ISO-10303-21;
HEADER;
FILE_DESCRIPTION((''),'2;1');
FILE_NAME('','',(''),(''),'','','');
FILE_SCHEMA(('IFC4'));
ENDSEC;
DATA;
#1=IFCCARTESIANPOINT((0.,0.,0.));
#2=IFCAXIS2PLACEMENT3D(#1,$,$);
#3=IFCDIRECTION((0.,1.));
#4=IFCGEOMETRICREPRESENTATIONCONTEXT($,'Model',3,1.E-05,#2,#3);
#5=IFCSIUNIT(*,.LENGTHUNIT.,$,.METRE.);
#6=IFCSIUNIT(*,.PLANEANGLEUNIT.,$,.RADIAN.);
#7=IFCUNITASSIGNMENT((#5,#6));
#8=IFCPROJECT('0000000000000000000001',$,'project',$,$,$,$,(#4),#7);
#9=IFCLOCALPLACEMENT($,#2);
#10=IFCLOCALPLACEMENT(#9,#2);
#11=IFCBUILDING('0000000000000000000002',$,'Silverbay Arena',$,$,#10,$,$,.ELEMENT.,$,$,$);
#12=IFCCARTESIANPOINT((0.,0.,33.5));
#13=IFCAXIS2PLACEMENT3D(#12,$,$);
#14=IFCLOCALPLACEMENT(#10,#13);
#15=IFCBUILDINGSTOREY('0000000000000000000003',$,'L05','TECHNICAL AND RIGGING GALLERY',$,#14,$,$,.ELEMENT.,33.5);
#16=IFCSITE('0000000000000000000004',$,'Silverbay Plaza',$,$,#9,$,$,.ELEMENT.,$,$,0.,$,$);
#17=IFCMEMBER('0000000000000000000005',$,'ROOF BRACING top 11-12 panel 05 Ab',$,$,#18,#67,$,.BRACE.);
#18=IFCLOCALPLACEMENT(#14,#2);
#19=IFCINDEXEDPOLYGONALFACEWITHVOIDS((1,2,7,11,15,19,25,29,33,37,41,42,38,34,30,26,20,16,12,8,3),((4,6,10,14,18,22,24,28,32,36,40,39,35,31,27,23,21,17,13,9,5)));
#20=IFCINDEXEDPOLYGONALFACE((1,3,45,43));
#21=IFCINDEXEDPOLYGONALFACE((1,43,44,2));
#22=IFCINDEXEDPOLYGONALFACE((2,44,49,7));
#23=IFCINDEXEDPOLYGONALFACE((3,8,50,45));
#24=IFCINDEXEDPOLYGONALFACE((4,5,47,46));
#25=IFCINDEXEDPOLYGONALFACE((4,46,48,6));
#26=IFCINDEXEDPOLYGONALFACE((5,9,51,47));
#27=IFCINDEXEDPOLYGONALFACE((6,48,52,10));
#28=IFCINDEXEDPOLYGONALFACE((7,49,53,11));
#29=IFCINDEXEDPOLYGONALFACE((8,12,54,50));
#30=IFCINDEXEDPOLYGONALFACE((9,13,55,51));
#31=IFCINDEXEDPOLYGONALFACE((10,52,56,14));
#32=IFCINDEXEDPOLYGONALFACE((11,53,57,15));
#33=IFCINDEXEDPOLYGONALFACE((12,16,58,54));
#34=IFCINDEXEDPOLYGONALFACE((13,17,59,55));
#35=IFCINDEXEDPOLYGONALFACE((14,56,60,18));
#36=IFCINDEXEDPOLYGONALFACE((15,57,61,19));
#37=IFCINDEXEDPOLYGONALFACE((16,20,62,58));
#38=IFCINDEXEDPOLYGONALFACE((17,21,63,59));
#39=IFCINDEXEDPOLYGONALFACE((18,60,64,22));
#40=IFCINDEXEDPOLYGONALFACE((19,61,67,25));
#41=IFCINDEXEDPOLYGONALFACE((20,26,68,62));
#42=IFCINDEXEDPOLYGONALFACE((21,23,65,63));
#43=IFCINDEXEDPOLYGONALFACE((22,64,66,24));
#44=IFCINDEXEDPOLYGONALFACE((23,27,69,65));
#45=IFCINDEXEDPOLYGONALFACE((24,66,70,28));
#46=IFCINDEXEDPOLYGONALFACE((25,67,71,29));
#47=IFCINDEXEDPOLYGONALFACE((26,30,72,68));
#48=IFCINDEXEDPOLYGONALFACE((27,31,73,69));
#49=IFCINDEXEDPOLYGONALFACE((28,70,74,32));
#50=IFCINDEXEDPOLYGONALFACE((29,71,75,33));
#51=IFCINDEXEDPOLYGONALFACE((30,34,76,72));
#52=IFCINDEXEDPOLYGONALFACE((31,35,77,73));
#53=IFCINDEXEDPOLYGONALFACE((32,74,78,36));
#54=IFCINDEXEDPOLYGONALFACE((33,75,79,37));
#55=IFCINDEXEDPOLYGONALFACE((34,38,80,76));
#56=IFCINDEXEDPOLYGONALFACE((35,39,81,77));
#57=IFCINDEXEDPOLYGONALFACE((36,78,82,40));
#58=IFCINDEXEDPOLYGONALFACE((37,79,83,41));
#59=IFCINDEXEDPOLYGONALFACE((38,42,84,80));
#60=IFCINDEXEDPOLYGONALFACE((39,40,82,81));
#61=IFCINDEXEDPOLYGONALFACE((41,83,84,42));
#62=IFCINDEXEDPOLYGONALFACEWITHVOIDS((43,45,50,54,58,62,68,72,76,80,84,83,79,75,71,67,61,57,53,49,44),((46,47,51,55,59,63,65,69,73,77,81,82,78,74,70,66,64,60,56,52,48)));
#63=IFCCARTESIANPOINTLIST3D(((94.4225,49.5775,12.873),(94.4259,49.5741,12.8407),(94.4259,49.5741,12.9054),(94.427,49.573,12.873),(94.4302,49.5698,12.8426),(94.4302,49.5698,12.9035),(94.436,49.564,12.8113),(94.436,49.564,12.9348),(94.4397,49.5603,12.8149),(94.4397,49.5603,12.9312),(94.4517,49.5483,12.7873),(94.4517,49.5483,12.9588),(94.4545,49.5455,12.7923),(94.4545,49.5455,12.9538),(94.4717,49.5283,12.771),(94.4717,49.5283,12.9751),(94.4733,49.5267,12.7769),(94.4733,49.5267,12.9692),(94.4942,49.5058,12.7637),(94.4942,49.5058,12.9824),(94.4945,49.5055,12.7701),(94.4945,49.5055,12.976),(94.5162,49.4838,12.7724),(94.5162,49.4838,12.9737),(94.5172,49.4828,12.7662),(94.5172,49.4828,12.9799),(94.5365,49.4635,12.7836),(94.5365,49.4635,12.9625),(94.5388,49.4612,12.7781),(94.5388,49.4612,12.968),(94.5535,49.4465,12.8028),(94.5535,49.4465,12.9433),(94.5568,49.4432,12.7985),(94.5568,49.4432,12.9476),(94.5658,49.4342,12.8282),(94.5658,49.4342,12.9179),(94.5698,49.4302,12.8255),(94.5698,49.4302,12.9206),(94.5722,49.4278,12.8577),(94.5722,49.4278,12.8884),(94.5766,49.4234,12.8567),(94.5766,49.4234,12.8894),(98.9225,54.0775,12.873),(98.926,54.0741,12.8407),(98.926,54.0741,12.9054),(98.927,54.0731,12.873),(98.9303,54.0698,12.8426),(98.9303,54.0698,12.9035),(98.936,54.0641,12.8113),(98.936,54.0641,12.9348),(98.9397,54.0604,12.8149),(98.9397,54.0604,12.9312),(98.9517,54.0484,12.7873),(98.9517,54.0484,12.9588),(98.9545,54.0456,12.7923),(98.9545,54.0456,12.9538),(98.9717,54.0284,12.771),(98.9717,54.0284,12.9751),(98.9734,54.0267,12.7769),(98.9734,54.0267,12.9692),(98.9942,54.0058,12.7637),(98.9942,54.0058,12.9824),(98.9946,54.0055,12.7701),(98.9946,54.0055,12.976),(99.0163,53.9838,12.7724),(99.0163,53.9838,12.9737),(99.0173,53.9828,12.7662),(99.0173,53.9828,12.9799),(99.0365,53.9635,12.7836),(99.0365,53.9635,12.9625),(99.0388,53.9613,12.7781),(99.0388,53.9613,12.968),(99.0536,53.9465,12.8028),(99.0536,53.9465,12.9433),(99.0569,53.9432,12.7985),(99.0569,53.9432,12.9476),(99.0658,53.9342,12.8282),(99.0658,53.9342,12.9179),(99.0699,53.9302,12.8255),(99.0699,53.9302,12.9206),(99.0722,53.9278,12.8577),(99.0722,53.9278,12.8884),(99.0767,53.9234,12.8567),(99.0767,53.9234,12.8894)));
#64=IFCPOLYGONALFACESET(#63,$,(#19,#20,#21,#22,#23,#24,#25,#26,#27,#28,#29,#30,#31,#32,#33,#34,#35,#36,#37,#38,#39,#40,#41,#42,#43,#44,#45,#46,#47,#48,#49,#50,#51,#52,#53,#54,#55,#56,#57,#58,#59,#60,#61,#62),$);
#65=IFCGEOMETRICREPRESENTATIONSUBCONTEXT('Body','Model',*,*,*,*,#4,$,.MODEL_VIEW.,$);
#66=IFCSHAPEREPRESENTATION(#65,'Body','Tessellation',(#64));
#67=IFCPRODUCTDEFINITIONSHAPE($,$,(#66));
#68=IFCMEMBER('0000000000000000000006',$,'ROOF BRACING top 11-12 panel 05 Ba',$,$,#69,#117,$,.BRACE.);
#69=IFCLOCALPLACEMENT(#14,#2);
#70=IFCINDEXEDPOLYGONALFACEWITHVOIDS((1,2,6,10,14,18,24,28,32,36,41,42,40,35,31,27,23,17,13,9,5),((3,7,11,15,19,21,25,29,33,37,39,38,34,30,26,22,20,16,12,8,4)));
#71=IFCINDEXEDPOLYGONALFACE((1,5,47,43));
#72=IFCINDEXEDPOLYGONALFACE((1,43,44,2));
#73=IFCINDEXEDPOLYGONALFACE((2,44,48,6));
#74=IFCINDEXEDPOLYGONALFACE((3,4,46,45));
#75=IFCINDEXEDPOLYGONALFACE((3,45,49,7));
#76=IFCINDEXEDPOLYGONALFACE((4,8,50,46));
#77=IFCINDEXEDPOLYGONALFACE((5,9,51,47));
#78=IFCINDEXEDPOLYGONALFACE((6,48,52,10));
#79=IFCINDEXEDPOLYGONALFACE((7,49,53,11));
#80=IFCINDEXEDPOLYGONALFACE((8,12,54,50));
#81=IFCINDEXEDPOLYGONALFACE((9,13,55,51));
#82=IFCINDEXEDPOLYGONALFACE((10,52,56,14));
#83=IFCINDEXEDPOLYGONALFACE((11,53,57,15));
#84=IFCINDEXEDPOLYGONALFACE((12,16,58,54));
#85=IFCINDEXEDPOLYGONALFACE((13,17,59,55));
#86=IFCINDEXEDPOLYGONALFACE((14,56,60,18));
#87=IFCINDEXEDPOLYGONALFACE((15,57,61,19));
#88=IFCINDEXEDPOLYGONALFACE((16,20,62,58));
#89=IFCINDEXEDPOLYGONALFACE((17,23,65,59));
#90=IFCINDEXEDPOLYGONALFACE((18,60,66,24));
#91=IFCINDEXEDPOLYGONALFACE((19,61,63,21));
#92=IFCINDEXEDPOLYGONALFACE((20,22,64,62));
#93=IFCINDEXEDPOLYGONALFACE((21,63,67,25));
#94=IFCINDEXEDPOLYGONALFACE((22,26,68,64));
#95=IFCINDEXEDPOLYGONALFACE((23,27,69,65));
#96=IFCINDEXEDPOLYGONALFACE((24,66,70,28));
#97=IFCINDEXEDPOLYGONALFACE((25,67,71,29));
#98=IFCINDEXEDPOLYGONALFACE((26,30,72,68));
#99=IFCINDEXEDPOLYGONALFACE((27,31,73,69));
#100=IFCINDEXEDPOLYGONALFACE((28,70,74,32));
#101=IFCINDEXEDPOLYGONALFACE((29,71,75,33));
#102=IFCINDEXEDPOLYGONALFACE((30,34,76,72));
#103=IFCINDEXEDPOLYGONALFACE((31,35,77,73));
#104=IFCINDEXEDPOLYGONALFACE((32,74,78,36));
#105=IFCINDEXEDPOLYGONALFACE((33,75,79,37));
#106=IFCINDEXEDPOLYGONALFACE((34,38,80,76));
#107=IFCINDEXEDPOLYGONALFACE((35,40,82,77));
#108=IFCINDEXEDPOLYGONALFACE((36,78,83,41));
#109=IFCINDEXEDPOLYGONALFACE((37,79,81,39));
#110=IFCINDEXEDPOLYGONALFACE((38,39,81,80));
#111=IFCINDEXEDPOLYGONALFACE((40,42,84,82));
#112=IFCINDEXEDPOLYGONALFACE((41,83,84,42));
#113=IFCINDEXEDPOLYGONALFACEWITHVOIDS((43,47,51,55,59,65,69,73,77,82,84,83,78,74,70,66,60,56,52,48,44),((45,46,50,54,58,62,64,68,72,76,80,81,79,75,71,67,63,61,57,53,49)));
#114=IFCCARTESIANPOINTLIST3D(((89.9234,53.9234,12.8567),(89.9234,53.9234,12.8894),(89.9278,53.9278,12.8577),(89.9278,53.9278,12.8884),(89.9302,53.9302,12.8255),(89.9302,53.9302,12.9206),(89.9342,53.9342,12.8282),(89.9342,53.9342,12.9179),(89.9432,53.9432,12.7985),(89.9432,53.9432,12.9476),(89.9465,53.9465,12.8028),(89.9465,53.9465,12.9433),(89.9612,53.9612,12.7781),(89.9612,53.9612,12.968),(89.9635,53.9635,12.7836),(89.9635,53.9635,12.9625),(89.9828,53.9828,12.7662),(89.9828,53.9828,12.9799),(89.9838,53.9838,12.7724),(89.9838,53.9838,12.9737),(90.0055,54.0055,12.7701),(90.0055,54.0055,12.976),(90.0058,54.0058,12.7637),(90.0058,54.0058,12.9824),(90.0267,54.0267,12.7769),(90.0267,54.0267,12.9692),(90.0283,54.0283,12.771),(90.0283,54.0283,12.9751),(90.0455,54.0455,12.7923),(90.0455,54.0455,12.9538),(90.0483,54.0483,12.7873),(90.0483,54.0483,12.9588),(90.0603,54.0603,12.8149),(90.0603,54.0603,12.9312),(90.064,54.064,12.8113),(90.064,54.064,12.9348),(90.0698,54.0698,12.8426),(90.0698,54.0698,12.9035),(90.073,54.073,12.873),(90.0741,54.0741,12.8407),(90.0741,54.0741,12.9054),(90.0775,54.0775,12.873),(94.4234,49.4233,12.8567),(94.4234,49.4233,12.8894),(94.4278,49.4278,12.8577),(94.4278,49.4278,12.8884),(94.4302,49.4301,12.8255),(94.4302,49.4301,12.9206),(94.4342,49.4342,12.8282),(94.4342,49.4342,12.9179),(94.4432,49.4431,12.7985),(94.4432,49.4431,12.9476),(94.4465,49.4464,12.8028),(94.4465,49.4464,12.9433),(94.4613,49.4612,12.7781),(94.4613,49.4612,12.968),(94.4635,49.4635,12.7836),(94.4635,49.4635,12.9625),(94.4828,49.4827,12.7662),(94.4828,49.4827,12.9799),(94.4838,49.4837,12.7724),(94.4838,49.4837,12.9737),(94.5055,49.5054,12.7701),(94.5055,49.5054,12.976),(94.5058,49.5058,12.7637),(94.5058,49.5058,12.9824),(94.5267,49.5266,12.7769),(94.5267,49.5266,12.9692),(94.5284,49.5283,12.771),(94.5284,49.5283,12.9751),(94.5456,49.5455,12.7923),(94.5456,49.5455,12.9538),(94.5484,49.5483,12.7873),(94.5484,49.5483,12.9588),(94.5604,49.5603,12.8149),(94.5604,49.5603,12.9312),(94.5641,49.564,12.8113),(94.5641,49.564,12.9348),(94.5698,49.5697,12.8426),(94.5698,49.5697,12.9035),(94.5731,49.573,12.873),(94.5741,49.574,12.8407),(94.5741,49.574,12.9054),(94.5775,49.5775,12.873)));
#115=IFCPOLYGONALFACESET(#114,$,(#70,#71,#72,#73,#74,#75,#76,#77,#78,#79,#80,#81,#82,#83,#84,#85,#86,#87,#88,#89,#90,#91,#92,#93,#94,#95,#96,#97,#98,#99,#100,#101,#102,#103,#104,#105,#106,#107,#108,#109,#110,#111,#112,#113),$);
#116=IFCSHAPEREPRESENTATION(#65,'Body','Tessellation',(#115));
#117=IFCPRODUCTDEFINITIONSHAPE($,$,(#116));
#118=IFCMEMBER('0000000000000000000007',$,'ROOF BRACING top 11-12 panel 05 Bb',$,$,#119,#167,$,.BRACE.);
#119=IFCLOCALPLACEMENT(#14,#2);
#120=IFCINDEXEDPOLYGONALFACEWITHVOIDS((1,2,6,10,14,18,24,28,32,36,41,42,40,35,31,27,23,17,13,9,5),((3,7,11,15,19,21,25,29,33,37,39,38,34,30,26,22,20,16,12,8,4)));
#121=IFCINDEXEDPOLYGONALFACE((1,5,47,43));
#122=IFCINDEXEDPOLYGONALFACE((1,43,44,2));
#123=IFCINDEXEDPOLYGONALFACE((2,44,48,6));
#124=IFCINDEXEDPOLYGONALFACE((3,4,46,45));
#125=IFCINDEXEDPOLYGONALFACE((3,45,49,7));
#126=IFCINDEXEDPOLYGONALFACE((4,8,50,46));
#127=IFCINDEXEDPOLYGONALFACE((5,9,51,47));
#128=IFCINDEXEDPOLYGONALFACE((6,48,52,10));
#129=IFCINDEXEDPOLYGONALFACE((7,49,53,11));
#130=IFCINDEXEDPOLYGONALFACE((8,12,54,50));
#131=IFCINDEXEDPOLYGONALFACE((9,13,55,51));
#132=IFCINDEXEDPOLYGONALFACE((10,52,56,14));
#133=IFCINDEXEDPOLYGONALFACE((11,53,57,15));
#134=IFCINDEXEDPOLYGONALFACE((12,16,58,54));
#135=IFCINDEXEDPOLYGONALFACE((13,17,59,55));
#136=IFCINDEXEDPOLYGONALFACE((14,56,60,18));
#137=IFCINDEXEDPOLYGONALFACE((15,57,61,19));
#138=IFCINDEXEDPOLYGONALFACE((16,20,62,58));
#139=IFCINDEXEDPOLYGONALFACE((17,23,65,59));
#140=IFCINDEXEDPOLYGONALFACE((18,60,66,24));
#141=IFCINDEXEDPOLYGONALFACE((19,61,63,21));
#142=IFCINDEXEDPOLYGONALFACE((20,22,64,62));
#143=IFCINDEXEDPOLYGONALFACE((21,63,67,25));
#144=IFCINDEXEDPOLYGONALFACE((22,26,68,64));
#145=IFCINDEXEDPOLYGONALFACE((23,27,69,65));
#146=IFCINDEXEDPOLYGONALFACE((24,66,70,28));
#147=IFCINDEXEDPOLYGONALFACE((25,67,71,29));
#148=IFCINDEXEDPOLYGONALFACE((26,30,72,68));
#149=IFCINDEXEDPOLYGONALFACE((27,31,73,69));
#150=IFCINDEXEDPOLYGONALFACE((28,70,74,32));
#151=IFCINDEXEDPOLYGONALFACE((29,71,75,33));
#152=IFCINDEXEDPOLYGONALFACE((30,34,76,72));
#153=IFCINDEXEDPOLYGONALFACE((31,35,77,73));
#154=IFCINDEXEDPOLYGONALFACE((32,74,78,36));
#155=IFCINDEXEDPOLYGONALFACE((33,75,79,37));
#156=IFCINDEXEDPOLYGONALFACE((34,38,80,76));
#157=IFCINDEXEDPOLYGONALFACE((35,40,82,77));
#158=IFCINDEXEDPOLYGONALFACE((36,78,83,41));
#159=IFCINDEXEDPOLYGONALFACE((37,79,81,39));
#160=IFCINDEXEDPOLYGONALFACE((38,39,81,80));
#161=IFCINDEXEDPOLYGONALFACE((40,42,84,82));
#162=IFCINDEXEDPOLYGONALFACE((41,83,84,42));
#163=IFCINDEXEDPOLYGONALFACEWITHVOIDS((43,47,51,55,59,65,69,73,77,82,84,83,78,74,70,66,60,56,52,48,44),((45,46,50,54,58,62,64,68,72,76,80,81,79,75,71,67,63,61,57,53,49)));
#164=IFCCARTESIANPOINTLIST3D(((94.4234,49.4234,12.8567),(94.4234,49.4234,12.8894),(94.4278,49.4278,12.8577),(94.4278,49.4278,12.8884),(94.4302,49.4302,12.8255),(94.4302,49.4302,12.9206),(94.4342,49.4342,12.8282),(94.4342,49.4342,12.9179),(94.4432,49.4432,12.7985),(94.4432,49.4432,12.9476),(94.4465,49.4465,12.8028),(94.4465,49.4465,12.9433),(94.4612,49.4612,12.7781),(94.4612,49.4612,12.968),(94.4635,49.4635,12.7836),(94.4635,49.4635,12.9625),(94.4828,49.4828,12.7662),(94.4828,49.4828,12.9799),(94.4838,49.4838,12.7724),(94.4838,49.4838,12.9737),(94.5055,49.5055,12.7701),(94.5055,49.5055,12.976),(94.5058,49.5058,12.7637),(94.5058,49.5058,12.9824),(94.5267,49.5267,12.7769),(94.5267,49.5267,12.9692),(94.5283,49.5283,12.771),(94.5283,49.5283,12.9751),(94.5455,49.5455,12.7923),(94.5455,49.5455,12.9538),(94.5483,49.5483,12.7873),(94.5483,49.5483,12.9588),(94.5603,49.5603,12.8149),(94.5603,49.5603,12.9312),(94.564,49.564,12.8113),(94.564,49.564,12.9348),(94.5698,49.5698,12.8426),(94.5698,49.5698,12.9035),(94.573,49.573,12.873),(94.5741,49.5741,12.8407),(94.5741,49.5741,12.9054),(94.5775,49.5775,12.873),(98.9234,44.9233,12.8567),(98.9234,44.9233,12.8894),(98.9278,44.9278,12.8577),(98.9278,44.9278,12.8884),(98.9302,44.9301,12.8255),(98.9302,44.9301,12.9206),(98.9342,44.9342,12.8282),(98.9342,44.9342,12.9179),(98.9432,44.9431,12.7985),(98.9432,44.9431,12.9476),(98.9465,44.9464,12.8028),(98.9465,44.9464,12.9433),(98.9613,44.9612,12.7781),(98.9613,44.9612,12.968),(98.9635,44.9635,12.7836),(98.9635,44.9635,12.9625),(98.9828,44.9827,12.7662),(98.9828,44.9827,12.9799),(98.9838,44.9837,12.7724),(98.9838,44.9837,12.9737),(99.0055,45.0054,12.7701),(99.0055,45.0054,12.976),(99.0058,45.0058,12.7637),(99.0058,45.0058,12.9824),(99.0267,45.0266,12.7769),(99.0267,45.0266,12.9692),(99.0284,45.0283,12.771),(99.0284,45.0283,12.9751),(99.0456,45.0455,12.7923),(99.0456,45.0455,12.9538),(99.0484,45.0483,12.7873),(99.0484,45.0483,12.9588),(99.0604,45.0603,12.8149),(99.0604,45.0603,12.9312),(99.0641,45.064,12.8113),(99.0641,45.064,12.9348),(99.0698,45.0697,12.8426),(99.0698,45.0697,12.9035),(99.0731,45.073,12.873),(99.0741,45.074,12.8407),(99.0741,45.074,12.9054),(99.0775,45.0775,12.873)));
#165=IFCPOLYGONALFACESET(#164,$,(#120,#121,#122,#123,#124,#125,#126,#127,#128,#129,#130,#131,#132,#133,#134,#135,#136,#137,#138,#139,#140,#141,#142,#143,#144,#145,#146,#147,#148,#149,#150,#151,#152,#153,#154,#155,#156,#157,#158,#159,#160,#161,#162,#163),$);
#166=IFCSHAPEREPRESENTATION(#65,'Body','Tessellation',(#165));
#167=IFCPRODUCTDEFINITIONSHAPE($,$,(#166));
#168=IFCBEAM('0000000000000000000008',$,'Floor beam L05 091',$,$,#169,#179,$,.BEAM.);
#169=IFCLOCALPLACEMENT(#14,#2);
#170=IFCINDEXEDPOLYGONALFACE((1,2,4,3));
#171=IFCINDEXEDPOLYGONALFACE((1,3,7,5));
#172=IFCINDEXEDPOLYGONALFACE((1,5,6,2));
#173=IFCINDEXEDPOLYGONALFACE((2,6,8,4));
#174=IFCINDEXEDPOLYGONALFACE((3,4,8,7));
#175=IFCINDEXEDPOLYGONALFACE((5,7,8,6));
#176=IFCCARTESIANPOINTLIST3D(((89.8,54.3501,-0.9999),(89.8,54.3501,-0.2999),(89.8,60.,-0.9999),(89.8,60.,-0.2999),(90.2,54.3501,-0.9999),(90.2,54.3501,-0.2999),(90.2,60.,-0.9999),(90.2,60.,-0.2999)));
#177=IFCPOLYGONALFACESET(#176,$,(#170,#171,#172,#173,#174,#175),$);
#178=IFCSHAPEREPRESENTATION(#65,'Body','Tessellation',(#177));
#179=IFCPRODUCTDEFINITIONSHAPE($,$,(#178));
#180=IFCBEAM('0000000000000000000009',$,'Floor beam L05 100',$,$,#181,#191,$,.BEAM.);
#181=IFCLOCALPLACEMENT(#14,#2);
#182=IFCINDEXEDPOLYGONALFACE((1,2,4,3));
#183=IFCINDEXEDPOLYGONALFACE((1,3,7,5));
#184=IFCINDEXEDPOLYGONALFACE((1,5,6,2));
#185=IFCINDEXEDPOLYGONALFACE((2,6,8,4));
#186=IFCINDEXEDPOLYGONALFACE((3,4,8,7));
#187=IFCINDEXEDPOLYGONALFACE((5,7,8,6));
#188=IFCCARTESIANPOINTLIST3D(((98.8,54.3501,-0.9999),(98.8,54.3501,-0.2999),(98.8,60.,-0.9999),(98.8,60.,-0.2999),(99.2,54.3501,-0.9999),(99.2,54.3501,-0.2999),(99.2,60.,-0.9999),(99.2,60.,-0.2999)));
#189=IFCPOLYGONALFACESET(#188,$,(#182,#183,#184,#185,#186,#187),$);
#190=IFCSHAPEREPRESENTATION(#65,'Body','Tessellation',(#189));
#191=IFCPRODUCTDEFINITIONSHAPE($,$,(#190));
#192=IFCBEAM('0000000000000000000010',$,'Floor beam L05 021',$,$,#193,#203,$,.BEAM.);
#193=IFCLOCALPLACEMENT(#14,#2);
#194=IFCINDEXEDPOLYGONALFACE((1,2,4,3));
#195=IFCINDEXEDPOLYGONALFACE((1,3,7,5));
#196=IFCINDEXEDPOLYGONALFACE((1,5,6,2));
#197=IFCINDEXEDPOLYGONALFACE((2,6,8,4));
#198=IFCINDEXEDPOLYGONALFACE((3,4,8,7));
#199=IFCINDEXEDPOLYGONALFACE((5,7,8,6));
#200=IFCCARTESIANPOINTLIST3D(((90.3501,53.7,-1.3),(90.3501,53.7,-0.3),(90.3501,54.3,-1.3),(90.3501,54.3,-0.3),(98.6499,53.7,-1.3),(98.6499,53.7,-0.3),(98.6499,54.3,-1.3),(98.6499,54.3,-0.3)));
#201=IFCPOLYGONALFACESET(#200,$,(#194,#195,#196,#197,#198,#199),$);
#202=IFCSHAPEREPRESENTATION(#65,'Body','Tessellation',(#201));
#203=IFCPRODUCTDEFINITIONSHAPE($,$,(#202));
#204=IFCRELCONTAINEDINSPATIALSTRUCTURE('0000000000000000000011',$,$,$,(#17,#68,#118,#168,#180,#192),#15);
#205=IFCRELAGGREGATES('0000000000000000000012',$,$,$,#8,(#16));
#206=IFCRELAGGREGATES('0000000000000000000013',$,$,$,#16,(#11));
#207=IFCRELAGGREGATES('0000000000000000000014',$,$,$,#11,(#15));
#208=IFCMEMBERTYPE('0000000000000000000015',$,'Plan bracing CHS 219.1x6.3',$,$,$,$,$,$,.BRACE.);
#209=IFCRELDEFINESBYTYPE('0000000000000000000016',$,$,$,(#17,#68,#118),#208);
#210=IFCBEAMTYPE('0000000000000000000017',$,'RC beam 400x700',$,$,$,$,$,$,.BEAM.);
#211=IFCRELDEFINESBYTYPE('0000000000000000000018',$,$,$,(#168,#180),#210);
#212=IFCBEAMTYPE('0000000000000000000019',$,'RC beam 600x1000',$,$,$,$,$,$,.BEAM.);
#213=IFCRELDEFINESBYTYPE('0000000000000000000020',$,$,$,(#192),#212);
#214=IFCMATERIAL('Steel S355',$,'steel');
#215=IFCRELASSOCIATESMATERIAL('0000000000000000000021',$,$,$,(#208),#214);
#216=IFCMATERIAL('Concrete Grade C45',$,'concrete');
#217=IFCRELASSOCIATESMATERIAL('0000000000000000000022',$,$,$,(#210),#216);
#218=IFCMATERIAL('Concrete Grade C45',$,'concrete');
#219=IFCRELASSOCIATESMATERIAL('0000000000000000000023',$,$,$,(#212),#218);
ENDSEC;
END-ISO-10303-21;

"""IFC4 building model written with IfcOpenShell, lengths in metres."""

from ifc_helpers import new_model, si_unit, direction, frame, origin, origin_2d, place, context, subcontext, project, spatial, rectangle, hollow_circle, extrude, material, material_profile, profile_set, type_object, element, save


model = new_model("IFC4")

# Units and contexts
model_context = context("Model", 3, precision=1e-05, world=origin(), true_north=direction((0.0, 1.0)))
body_context = subcontext(model_context, "Body", "Model", "MODEL_VIEW")
ifc_project = project(units=[si_unit("LENGTHUNIT", "METRE"), si_unit("PLANEANGLEUNIT", "RADIAN")], contexts=[model_context])

# Site, building, storey
site_placement = place(None, origin())
site = spatial("IfcSite", under=ifc_project, at=site_placement, Name="Silverbay Plaza", CompositionType="ELEMENT", RefElevation=0.0)
building_placement = place(site_placement, origin())
building = spatial("IfcBuilding", under=site, at=building_placement, Name="Silverbay Arena", CompositionType="ELEMENT")
storey_placement = place(building_placement, frame((0.0, 0.0, 33.5)))
storey = spatial("IfcBuildingStorey", under=building, at=storey_placement, Name="L05", Description="TECHNICAL AND RIGGING GALLERY", CompositionType="ELEMENT", Elevation=33.5)

# Members
ifc_material_1 = material(Name="Steel S355", Category="steel")
ifc_material_profile_1 = material_profile(ifc_material_1, hollow_circle(Radius=0.1096, WallThickness=0.0063, at=origin_2d()), Name="CHS 219.1x6.3")
ifc_profile_set_1 = profile_set([ifc_material_profile_1], Name="Steel S355")
member_type_1 = type_object("IfcMemberType", Name="Plan bracing CHS 219.1x6.3", PredefinedType="BRACE", material=ifc_profile_set_1)
for number, where, z_axis, x_axis, name in (
    (1, (94.5, 49.5, 12.873), (0.707107, 0.707107, 0.0), (-0.707107, 0.707107, 0.0), "ROOF BRACING top 11-12 panel 05 Ab"),
    (2, (90.0, 54.0, 12.873), (0.707107, -0.707107, 0.0), (0.707107, 0.707107, 0.0), "ROOF BRACING top 11-12 panel 05 Ba"),
    (3, (94.5, 49.5, 12.873), (0.707107, -0.707107, 0.0), (0.707107, 0.707107, 0.0), "ROOF BRACING top 11-12 panel 05 Bb"),
):
    element("IfcMember", number, at=place(storey_placement, frame(where, z_axis=z_axis, x_axis=x_axis)), inside=storey, type_object=member_type_1, Name=name, PredefinedType="BRACE", context=body_context, shape_type="SweptSolid", body=[
        extrude(hollow_circle(Radius=0.1096, WallThickness=0.0063, at=origin_2d()), origin(), (0.0, 0.0, 1.0), 6.364),
    ])

# Beams
ifc_material_2 = material(Name="Concrete Grade C45", Category="concrete")
ifc_material_profile_2 = material_profile(ifc_material_2, rectangle(XDim=0.3999, YDim=0.7, at=origin_2d()), Name="RC 400x700")
ifc_profile_set_2 = profile_set([ifc_material_profile_2], Name="Concrete Grade C45")
beam_type_1 = type_object("IfcBeamType", Name="RC beam 400x700", PredefinedType="BEAM", material=ifc_profile_set_2)
for number, where, z_axis, x_axis, name in (
    (4, (90.0, 54.3501, -0.6499), (0.0, 1.0, 0.0), (-1.0, 0.0, 0.0), "Floor beam L05 091"),
    (5, (99.0, 54.3501, -0.6499), (0.0, 1.0, 0.0), (-1.0, 0.0, 0.0), "Floor beam L05 100"),
):
    element("IfcBeam", number, at=place(storey_placement, frame(where, z_axis=z_axis, x_axis=x_axis)), inside=storey, type_object=beam_type_1, Name=name, PredefinedType="BEAM", context=body_context, shape_type="SweptSolid", body=[
        extrude(rectangle(XDim=0.3999, YDim=0.7, at=origin_2d()), origin(), (0.0, 0.0, 1.0), 5.6499),
    ])
ifc_material_3 = material(Name="Concrete Grade C45", Category="concrete")
ifc_material_profile_3 = material_profile(ifc_material_3, rectangle(XDim=0.6001, YDim=1.0, at=origin_2d()), Name="RC 600x1000")
ifc_profile_set_3 = profile_set([ifc_material_profile_3], Name="Concrete Grade C45")
beam_type_2 = type_object("IfcBeamType", Name="RC beam 600x1000", PredefinedType="BEAM", material=ifc_profile_set_3)
for number, where, z_axis, x_axis, name in (
    (6, (90.3501, 54.0, -0.8), (1.0, 0.0, 0.0), (0.0, 1.0, 0.0), "Floor beam L05 021"),
):
    element("IfcBeam", number, at=place(storey_placement, frame(where, z_axis=z_axis, x_axis=x_axis)), inside=storey, type_object=beam_type_2, Name=name, PredefinedType="BEAM", context=body_context, shape_type="SweptSolid", body=[
        extrude(rectangle(XDim=0.6001, YDim=1.0, at=origin_2d()), origin(), (0.0, 0.0, 1.0), 8.2998),
    ])

save(model, "model.ifc")
